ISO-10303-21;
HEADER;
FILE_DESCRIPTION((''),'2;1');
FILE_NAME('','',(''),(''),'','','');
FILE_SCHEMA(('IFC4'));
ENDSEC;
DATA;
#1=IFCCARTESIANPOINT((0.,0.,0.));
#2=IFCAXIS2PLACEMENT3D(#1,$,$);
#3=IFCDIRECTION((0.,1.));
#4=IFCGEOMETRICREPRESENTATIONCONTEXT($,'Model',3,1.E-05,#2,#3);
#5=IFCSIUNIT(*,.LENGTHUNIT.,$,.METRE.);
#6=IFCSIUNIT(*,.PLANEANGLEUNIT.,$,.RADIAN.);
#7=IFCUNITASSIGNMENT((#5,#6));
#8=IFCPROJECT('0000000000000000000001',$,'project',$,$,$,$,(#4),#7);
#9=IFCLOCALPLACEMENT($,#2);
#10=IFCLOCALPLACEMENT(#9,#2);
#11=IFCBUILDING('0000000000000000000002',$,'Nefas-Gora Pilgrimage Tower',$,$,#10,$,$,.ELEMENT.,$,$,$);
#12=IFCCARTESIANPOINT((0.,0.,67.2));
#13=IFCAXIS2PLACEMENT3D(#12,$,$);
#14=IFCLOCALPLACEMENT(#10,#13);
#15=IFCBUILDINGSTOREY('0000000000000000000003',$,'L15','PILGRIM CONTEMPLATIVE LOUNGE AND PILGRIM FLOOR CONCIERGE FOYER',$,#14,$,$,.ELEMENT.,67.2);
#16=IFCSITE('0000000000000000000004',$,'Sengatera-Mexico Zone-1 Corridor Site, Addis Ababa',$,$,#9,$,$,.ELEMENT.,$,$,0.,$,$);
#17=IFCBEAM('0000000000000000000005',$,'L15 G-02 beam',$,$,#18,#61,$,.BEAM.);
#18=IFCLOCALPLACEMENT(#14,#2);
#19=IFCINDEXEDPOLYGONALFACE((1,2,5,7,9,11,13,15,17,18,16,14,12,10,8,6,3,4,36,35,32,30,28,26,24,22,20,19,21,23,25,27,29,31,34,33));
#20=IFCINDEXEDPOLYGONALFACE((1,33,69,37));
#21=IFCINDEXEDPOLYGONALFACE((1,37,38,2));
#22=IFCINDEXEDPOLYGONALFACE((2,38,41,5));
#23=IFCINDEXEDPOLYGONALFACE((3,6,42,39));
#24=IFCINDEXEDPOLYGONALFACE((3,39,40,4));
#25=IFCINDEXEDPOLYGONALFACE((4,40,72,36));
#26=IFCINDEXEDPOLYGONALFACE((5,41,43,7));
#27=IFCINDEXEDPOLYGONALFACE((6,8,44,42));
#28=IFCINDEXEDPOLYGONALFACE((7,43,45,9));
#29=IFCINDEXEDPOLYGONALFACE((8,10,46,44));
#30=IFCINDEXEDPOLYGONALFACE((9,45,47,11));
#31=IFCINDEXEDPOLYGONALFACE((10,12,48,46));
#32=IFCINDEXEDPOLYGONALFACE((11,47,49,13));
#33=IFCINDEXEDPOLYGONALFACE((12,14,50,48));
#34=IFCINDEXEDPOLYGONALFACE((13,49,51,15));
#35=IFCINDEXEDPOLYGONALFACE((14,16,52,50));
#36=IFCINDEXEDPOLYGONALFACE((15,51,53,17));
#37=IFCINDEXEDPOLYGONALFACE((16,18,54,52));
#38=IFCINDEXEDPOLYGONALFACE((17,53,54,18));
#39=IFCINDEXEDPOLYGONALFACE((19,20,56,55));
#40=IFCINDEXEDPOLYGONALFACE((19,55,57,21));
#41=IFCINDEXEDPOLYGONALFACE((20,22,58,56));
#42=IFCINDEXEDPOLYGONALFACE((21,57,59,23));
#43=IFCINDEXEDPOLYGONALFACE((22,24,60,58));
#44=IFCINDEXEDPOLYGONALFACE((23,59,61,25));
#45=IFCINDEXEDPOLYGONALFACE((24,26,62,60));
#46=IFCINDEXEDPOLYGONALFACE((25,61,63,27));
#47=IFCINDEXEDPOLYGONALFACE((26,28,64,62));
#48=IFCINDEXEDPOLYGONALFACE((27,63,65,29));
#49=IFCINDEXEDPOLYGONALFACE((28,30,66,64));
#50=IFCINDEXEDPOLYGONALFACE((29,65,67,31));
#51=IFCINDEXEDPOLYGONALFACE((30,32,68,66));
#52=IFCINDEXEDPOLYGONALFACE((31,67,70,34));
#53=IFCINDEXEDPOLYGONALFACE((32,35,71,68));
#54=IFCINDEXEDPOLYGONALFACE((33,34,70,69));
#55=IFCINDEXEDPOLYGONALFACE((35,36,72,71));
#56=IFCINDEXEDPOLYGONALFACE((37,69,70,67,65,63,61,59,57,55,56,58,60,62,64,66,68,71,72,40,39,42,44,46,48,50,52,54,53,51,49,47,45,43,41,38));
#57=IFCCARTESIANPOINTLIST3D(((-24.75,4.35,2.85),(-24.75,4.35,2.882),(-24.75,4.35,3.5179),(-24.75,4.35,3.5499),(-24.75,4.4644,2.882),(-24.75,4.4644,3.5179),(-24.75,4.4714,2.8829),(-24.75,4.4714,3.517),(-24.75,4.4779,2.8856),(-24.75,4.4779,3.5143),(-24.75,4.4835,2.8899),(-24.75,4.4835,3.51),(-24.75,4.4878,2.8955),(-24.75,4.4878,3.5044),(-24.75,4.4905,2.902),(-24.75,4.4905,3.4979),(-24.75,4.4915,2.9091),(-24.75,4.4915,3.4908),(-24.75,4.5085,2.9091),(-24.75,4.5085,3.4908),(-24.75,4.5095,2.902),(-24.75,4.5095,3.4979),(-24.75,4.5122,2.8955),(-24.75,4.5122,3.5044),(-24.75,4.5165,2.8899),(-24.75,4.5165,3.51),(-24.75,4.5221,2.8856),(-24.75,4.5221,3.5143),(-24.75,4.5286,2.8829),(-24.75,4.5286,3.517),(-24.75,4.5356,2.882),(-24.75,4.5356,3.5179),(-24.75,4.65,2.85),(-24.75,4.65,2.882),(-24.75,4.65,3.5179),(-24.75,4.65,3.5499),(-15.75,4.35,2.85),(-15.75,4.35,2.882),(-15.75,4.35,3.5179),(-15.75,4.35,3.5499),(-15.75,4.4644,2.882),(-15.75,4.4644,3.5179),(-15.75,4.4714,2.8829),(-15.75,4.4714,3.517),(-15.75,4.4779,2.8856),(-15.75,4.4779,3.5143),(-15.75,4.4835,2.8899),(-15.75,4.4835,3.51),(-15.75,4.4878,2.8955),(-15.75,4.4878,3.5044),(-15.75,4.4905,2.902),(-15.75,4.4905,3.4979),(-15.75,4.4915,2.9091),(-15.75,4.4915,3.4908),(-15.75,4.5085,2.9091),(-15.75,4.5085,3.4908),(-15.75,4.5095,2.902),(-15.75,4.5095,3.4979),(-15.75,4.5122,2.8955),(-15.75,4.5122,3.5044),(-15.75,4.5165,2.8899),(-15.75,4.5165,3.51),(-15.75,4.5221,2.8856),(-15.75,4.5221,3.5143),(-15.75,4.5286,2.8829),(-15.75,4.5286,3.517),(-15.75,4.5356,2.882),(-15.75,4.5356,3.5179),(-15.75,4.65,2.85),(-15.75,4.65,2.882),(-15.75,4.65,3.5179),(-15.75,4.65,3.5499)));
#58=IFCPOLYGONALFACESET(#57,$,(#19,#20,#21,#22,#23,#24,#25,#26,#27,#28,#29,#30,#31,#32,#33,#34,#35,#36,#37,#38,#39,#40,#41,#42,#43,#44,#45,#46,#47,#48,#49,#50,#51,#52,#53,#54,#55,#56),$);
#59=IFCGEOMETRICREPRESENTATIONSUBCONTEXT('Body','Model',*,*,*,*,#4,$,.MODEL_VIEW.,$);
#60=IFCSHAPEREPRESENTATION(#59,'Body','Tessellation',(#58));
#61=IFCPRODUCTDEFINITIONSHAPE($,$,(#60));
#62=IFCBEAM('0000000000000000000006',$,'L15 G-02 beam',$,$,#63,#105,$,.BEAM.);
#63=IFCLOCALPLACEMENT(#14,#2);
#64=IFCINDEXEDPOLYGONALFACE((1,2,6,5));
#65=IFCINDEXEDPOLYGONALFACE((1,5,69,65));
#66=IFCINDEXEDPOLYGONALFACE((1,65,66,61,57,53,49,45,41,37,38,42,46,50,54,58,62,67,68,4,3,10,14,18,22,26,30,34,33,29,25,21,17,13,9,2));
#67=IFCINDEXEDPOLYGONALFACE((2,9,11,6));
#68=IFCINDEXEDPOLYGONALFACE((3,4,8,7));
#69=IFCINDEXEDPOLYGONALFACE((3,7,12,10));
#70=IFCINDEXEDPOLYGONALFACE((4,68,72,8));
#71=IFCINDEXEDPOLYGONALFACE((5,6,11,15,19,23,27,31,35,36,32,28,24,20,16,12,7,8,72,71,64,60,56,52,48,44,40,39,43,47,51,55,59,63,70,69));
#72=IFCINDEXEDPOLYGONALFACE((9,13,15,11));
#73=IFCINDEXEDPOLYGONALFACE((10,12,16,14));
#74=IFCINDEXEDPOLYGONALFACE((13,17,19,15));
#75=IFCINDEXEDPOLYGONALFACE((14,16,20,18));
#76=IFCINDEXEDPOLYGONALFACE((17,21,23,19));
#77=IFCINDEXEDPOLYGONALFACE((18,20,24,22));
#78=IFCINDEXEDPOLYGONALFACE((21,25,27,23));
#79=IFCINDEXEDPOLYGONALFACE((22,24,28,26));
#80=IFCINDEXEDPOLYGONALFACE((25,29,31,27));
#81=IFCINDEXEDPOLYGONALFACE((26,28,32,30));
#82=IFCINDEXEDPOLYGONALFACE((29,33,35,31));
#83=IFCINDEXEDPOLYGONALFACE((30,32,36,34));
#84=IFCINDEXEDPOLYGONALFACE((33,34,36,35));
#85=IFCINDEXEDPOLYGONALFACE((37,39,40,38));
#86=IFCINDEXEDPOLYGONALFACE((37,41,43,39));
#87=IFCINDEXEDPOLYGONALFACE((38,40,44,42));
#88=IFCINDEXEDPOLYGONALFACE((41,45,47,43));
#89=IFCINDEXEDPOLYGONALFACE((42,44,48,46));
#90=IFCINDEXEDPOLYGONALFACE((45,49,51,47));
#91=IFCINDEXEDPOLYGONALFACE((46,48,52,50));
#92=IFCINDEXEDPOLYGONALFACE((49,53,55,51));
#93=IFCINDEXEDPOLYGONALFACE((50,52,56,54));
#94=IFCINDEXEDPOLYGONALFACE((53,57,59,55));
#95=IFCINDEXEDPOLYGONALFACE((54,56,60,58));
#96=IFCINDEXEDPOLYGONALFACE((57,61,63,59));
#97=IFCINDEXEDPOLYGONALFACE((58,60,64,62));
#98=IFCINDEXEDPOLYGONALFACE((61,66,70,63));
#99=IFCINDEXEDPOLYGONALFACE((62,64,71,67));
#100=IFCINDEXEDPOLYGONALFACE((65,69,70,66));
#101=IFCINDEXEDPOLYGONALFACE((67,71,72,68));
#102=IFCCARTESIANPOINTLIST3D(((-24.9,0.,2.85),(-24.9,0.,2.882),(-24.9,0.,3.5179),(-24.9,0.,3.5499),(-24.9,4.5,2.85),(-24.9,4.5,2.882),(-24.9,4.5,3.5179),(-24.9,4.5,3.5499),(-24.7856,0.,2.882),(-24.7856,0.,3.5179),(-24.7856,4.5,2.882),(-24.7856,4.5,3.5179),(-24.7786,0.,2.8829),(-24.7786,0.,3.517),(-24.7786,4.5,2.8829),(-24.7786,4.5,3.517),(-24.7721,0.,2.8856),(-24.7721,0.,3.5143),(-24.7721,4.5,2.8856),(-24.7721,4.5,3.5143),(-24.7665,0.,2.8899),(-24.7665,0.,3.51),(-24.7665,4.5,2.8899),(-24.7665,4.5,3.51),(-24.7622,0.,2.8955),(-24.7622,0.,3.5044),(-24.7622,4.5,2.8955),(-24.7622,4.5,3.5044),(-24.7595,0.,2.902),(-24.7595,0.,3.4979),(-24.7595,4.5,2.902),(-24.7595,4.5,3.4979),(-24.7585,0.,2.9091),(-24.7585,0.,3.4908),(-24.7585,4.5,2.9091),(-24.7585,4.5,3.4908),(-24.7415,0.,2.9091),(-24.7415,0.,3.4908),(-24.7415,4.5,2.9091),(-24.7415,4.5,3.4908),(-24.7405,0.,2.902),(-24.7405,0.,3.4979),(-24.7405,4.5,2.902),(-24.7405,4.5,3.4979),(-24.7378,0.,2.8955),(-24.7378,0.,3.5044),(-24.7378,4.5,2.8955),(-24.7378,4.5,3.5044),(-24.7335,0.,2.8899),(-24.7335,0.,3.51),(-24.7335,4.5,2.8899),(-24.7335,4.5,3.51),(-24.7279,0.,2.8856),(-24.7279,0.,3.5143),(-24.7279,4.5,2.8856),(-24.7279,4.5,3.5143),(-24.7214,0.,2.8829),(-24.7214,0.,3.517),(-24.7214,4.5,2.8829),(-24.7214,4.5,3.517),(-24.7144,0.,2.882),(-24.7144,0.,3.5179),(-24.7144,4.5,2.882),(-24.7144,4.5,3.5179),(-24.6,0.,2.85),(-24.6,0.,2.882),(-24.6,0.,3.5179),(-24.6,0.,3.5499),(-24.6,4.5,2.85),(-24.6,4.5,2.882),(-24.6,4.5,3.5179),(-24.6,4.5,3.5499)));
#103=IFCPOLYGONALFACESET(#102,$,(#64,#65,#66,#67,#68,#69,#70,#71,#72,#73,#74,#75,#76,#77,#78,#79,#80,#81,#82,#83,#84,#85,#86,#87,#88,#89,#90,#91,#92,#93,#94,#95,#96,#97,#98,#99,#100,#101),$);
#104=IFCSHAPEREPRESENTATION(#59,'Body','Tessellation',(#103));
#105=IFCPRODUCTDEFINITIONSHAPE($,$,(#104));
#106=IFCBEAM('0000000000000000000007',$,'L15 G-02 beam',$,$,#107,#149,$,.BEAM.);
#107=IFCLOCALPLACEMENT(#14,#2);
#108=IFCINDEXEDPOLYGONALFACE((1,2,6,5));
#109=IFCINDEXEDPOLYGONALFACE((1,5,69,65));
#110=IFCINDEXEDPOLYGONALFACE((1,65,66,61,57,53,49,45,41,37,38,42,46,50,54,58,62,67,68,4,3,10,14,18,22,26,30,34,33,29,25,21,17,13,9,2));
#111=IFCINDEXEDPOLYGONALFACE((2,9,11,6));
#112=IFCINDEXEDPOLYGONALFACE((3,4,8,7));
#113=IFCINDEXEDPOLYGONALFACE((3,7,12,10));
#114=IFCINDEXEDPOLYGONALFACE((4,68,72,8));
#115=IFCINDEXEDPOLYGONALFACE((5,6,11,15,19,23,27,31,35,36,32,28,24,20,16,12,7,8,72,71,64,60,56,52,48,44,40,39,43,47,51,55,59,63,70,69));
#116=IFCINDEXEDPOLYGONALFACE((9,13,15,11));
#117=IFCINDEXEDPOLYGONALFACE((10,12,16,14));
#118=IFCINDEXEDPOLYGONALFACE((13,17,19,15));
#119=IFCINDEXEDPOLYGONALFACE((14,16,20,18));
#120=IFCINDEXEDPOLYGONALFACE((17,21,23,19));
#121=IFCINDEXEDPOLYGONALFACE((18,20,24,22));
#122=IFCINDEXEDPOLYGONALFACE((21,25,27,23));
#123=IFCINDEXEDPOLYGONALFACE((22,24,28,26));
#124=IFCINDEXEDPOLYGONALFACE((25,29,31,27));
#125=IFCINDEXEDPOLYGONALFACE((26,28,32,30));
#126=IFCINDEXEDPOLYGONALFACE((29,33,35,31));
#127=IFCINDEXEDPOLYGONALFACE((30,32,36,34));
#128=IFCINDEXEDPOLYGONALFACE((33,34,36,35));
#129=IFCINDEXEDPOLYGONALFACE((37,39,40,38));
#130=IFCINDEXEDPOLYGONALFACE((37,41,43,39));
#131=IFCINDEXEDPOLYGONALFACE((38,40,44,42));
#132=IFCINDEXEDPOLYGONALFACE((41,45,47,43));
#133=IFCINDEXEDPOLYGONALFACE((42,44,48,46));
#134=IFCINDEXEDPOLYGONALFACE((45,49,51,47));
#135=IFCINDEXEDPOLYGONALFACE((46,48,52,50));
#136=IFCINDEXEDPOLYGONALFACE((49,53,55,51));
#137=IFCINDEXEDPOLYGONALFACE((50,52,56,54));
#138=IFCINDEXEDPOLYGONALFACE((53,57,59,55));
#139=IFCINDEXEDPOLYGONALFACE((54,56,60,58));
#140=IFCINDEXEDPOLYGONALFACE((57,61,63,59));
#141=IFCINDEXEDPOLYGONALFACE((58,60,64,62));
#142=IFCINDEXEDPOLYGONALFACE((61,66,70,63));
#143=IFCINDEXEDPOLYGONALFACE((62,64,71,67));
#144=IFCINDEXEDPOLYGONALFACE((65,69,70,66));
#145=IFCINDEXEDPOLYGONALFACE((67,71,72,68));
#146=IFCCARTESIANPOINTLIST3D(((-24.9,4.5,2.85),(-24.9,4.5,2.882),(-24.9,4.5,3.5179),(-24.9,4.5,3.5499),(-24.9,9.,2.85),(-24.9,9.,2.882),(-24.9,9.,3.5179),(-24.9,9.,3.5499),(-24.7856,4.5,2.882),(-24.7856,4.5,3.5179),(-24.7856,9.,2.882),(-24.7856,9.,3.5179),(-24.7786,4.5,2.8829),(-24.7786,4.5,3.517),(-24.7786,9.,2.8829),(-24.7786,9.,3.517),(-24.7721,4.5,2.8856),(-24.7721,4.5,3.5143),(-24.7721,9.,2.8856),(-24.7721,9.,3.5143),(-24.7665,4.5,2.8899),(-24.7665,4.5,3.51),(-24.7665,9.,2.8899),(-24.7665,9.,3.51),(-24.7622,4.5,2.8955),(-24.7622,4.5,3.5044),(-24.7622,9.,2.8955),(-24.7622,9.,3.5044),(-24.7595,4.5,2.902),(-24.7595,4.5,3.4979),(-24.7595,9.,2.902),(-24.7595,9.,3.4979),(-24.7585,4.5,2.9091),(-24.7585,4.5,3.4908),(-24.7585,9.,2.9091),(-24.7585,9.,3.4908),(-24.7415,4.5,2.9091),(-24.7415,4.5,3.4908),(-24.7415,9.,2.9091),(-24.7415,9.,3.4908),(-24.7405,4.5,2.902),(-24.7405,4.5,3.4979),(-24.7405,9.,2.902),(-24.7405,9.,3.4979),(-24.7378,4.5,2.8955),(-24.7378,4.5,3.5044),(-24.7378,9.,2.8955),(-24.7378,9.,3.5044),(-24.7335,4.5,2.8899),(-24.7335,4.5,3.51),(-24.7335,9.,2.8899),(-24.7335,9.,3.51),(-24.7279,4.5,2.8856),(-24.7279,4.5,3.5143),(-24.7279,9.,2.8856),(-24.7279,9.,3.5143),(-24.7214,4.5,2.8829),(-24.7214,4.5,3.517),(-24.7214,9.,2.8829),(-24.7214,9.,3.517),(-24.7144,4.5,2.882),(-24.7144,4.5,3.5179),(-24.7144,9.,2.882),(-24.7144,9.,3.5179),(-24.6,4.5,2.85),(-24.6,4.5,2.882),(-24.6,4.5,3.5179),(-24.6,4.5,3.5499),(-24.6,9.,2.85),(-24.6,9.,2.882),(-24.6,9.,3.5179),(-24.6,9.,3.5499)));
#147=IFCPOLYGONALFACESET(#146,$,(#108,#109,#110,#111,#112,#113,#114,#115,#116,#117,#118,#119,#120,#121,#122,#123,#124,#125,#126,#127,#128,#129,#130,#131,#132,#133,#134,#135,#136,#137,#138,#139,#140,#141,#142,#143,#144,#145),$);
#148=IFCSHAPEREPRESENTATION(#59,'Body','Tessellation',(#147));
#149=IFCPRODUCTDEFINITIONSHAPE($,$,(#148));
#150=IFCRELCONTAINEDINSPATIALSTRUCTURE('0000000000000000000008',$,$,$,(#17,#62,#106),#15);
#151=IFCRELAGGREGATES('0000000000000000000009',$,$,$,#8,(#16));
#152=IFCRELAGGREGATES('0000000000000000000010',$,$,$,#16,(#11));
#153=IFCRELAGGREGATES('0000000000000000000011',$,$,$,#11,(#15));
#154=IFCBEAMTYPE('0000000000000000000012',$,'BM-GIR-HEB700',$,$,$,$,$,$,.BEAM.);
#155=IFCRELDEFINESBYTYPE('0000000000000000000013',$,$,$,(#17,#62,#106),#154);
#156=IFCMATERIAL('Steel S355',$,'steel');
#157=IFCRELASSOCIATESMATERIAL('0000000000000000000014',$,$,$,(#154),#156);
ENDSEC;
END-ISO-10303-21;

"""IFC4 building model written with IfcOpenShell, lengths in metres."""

from ifc_helpers import new_model, si_unit, direction, frame, origin, origin_2d, place, context, subcontext, project, spatial, i_section, extrude, source, transform, mapped, material, material_profile, profile_set, type_object, element, save


model = new_model("IFC4")

# Units and contexts
model_context = context("Model", 3, precision=1e-05, world=origin(), true_north=direction((0.0, 1.0)))
body_context = subcontext(model_context, "Body", "Model", "MODEL_VIEW")
ifc_project = project(units=[si_unit("LENGTHUNIT", "METRE"), si_unit("PLANEANGLEUNIT", "RADIAN")], contexts=[model_context])

# Site, building, storey
site_placement = place(None, origin())
site = spatial("IfcSite", under=ifc_project, at=site_placement, Name="Sengatera-Mexico Zone-1 Corridor Site, Addis Ababa", CompositionType="ELEMENT", RefElevation=0.0)
building_placement = place(site_placement, origin())
building = spatial("IfcBuilding", under=site, at=building_placement, Name="Nefas-Gora Pilgrimage Tower", CompositionType="ELEMENT")
storey_placement = place(building_placement, frame((0.0, 0.0, 67.2)))
storey = spatial("IfcBuildingStorey", under=building, at=storey_placement, Name="L15", Description="PILGRIM CONTEMPLATIVE LOUNGE AND PILGRIM FLOOR CONCIERGE FOYER", CompositionType="ELEMENT", Elevation=67.2)

# Beams
ifc_material_1 = material(Name="Steel S355", Category="steel")
ifc_material_profile_1 = material_profile(ifc_material_1, i_section(OverallWidth=0.3, OverallDepth=0.7, WebThickness=0.0171, FlangeThickness=0.032, FilletRadius=0.0271, at=origin_2d()), Name="HEB 700")
ifc_profile_set_1 = profile_set([ifc_material_profile_1], Name="Steel S355")
beam_type_1 = type_object("IfcBeamType", Name="BM-GIR-HEB700", PredefinedType="BEAM", material=ifc_profile_set_1)
shared_shape_1 = source(origin(), body_context, "Body", "SweptSolid", [
    extrude(i_section(OverallWidth=0.3, OverallDepth=0.7, WebThickness=0.0171, FlangeThickness=0.032, FilletRadius=0.0271, at=origin_2d()), origin(), (0.0, 0.0, 1.0), 9.0),
])
for number, where, z_axis, x_axis, name in (
    (1, (-24.75, 4.5, 3.2), (1.0, 0.0, 0.0), (0.0, 1.0, 0.0), "L15 G-02 beam"),
):
    element("IfcBeam", number, at=place(storey_placement, frame(where, z_axis=z_axis, x_axis=x_axis)), inside=storey, type_object=beam_type_1, Name=name, PredefinedType="BEAM", context=body_context, shape_type="MappedRepresentation", body=[
        mapped(shared_shape_1, transform((0.0, 0.0, 0.0), x_axis=(1.0, 0.0, 0.0), y_axis=(0.0, 1.0, 0.0), z_axis=(0.0, 0.0, 1.0), scale=1.0)),
    ])
shared_shape_2 = source(origin(), body_context, "Body", "SweptSolid", [
    extrude(i_section(OverallWidth=0.3, OverallDepth=0.7, WebThickness=0.0171, FlangeThickness=0.032, FilletRadius=0.0271, at=origin_2d()), origin(), (0.0, 0.0, 1.0), 4.5),
])
for number, where, z_axis, x_axis, name in (
    (2, (-24.75, 0.0, 3.2), (0.0, 1.0, 0.0), (-1.0, 0.0, 0.0), "L15 G-02 beam"),
    (3, (-24.75, 4.5, 3.2), (0.0, 1.0, 0.0), (-1.0, 0.0, 0.0), "L15 G-02 beam"),
):
    element("IfcBeam", number, at=place(storey_placement, frame(where, z_axis=z_axis, x_axis=x_axis)), inside=storey, type_object=beam_type_1, Name=name, PredefinedType="BEAM", context=body_context, shape_type="MappedRepresentation", body=[
        mapped(shared_shape_2, transform((0.0, 0.0, 0.0), x_axis=(1.0, 0.0, 0.0), y_axis=(0.0, 1.0, 0.0), z_axis=(0.0, 0.0, 1.0), scale=1.0)),
    ])

save(model, "model.ifc")
